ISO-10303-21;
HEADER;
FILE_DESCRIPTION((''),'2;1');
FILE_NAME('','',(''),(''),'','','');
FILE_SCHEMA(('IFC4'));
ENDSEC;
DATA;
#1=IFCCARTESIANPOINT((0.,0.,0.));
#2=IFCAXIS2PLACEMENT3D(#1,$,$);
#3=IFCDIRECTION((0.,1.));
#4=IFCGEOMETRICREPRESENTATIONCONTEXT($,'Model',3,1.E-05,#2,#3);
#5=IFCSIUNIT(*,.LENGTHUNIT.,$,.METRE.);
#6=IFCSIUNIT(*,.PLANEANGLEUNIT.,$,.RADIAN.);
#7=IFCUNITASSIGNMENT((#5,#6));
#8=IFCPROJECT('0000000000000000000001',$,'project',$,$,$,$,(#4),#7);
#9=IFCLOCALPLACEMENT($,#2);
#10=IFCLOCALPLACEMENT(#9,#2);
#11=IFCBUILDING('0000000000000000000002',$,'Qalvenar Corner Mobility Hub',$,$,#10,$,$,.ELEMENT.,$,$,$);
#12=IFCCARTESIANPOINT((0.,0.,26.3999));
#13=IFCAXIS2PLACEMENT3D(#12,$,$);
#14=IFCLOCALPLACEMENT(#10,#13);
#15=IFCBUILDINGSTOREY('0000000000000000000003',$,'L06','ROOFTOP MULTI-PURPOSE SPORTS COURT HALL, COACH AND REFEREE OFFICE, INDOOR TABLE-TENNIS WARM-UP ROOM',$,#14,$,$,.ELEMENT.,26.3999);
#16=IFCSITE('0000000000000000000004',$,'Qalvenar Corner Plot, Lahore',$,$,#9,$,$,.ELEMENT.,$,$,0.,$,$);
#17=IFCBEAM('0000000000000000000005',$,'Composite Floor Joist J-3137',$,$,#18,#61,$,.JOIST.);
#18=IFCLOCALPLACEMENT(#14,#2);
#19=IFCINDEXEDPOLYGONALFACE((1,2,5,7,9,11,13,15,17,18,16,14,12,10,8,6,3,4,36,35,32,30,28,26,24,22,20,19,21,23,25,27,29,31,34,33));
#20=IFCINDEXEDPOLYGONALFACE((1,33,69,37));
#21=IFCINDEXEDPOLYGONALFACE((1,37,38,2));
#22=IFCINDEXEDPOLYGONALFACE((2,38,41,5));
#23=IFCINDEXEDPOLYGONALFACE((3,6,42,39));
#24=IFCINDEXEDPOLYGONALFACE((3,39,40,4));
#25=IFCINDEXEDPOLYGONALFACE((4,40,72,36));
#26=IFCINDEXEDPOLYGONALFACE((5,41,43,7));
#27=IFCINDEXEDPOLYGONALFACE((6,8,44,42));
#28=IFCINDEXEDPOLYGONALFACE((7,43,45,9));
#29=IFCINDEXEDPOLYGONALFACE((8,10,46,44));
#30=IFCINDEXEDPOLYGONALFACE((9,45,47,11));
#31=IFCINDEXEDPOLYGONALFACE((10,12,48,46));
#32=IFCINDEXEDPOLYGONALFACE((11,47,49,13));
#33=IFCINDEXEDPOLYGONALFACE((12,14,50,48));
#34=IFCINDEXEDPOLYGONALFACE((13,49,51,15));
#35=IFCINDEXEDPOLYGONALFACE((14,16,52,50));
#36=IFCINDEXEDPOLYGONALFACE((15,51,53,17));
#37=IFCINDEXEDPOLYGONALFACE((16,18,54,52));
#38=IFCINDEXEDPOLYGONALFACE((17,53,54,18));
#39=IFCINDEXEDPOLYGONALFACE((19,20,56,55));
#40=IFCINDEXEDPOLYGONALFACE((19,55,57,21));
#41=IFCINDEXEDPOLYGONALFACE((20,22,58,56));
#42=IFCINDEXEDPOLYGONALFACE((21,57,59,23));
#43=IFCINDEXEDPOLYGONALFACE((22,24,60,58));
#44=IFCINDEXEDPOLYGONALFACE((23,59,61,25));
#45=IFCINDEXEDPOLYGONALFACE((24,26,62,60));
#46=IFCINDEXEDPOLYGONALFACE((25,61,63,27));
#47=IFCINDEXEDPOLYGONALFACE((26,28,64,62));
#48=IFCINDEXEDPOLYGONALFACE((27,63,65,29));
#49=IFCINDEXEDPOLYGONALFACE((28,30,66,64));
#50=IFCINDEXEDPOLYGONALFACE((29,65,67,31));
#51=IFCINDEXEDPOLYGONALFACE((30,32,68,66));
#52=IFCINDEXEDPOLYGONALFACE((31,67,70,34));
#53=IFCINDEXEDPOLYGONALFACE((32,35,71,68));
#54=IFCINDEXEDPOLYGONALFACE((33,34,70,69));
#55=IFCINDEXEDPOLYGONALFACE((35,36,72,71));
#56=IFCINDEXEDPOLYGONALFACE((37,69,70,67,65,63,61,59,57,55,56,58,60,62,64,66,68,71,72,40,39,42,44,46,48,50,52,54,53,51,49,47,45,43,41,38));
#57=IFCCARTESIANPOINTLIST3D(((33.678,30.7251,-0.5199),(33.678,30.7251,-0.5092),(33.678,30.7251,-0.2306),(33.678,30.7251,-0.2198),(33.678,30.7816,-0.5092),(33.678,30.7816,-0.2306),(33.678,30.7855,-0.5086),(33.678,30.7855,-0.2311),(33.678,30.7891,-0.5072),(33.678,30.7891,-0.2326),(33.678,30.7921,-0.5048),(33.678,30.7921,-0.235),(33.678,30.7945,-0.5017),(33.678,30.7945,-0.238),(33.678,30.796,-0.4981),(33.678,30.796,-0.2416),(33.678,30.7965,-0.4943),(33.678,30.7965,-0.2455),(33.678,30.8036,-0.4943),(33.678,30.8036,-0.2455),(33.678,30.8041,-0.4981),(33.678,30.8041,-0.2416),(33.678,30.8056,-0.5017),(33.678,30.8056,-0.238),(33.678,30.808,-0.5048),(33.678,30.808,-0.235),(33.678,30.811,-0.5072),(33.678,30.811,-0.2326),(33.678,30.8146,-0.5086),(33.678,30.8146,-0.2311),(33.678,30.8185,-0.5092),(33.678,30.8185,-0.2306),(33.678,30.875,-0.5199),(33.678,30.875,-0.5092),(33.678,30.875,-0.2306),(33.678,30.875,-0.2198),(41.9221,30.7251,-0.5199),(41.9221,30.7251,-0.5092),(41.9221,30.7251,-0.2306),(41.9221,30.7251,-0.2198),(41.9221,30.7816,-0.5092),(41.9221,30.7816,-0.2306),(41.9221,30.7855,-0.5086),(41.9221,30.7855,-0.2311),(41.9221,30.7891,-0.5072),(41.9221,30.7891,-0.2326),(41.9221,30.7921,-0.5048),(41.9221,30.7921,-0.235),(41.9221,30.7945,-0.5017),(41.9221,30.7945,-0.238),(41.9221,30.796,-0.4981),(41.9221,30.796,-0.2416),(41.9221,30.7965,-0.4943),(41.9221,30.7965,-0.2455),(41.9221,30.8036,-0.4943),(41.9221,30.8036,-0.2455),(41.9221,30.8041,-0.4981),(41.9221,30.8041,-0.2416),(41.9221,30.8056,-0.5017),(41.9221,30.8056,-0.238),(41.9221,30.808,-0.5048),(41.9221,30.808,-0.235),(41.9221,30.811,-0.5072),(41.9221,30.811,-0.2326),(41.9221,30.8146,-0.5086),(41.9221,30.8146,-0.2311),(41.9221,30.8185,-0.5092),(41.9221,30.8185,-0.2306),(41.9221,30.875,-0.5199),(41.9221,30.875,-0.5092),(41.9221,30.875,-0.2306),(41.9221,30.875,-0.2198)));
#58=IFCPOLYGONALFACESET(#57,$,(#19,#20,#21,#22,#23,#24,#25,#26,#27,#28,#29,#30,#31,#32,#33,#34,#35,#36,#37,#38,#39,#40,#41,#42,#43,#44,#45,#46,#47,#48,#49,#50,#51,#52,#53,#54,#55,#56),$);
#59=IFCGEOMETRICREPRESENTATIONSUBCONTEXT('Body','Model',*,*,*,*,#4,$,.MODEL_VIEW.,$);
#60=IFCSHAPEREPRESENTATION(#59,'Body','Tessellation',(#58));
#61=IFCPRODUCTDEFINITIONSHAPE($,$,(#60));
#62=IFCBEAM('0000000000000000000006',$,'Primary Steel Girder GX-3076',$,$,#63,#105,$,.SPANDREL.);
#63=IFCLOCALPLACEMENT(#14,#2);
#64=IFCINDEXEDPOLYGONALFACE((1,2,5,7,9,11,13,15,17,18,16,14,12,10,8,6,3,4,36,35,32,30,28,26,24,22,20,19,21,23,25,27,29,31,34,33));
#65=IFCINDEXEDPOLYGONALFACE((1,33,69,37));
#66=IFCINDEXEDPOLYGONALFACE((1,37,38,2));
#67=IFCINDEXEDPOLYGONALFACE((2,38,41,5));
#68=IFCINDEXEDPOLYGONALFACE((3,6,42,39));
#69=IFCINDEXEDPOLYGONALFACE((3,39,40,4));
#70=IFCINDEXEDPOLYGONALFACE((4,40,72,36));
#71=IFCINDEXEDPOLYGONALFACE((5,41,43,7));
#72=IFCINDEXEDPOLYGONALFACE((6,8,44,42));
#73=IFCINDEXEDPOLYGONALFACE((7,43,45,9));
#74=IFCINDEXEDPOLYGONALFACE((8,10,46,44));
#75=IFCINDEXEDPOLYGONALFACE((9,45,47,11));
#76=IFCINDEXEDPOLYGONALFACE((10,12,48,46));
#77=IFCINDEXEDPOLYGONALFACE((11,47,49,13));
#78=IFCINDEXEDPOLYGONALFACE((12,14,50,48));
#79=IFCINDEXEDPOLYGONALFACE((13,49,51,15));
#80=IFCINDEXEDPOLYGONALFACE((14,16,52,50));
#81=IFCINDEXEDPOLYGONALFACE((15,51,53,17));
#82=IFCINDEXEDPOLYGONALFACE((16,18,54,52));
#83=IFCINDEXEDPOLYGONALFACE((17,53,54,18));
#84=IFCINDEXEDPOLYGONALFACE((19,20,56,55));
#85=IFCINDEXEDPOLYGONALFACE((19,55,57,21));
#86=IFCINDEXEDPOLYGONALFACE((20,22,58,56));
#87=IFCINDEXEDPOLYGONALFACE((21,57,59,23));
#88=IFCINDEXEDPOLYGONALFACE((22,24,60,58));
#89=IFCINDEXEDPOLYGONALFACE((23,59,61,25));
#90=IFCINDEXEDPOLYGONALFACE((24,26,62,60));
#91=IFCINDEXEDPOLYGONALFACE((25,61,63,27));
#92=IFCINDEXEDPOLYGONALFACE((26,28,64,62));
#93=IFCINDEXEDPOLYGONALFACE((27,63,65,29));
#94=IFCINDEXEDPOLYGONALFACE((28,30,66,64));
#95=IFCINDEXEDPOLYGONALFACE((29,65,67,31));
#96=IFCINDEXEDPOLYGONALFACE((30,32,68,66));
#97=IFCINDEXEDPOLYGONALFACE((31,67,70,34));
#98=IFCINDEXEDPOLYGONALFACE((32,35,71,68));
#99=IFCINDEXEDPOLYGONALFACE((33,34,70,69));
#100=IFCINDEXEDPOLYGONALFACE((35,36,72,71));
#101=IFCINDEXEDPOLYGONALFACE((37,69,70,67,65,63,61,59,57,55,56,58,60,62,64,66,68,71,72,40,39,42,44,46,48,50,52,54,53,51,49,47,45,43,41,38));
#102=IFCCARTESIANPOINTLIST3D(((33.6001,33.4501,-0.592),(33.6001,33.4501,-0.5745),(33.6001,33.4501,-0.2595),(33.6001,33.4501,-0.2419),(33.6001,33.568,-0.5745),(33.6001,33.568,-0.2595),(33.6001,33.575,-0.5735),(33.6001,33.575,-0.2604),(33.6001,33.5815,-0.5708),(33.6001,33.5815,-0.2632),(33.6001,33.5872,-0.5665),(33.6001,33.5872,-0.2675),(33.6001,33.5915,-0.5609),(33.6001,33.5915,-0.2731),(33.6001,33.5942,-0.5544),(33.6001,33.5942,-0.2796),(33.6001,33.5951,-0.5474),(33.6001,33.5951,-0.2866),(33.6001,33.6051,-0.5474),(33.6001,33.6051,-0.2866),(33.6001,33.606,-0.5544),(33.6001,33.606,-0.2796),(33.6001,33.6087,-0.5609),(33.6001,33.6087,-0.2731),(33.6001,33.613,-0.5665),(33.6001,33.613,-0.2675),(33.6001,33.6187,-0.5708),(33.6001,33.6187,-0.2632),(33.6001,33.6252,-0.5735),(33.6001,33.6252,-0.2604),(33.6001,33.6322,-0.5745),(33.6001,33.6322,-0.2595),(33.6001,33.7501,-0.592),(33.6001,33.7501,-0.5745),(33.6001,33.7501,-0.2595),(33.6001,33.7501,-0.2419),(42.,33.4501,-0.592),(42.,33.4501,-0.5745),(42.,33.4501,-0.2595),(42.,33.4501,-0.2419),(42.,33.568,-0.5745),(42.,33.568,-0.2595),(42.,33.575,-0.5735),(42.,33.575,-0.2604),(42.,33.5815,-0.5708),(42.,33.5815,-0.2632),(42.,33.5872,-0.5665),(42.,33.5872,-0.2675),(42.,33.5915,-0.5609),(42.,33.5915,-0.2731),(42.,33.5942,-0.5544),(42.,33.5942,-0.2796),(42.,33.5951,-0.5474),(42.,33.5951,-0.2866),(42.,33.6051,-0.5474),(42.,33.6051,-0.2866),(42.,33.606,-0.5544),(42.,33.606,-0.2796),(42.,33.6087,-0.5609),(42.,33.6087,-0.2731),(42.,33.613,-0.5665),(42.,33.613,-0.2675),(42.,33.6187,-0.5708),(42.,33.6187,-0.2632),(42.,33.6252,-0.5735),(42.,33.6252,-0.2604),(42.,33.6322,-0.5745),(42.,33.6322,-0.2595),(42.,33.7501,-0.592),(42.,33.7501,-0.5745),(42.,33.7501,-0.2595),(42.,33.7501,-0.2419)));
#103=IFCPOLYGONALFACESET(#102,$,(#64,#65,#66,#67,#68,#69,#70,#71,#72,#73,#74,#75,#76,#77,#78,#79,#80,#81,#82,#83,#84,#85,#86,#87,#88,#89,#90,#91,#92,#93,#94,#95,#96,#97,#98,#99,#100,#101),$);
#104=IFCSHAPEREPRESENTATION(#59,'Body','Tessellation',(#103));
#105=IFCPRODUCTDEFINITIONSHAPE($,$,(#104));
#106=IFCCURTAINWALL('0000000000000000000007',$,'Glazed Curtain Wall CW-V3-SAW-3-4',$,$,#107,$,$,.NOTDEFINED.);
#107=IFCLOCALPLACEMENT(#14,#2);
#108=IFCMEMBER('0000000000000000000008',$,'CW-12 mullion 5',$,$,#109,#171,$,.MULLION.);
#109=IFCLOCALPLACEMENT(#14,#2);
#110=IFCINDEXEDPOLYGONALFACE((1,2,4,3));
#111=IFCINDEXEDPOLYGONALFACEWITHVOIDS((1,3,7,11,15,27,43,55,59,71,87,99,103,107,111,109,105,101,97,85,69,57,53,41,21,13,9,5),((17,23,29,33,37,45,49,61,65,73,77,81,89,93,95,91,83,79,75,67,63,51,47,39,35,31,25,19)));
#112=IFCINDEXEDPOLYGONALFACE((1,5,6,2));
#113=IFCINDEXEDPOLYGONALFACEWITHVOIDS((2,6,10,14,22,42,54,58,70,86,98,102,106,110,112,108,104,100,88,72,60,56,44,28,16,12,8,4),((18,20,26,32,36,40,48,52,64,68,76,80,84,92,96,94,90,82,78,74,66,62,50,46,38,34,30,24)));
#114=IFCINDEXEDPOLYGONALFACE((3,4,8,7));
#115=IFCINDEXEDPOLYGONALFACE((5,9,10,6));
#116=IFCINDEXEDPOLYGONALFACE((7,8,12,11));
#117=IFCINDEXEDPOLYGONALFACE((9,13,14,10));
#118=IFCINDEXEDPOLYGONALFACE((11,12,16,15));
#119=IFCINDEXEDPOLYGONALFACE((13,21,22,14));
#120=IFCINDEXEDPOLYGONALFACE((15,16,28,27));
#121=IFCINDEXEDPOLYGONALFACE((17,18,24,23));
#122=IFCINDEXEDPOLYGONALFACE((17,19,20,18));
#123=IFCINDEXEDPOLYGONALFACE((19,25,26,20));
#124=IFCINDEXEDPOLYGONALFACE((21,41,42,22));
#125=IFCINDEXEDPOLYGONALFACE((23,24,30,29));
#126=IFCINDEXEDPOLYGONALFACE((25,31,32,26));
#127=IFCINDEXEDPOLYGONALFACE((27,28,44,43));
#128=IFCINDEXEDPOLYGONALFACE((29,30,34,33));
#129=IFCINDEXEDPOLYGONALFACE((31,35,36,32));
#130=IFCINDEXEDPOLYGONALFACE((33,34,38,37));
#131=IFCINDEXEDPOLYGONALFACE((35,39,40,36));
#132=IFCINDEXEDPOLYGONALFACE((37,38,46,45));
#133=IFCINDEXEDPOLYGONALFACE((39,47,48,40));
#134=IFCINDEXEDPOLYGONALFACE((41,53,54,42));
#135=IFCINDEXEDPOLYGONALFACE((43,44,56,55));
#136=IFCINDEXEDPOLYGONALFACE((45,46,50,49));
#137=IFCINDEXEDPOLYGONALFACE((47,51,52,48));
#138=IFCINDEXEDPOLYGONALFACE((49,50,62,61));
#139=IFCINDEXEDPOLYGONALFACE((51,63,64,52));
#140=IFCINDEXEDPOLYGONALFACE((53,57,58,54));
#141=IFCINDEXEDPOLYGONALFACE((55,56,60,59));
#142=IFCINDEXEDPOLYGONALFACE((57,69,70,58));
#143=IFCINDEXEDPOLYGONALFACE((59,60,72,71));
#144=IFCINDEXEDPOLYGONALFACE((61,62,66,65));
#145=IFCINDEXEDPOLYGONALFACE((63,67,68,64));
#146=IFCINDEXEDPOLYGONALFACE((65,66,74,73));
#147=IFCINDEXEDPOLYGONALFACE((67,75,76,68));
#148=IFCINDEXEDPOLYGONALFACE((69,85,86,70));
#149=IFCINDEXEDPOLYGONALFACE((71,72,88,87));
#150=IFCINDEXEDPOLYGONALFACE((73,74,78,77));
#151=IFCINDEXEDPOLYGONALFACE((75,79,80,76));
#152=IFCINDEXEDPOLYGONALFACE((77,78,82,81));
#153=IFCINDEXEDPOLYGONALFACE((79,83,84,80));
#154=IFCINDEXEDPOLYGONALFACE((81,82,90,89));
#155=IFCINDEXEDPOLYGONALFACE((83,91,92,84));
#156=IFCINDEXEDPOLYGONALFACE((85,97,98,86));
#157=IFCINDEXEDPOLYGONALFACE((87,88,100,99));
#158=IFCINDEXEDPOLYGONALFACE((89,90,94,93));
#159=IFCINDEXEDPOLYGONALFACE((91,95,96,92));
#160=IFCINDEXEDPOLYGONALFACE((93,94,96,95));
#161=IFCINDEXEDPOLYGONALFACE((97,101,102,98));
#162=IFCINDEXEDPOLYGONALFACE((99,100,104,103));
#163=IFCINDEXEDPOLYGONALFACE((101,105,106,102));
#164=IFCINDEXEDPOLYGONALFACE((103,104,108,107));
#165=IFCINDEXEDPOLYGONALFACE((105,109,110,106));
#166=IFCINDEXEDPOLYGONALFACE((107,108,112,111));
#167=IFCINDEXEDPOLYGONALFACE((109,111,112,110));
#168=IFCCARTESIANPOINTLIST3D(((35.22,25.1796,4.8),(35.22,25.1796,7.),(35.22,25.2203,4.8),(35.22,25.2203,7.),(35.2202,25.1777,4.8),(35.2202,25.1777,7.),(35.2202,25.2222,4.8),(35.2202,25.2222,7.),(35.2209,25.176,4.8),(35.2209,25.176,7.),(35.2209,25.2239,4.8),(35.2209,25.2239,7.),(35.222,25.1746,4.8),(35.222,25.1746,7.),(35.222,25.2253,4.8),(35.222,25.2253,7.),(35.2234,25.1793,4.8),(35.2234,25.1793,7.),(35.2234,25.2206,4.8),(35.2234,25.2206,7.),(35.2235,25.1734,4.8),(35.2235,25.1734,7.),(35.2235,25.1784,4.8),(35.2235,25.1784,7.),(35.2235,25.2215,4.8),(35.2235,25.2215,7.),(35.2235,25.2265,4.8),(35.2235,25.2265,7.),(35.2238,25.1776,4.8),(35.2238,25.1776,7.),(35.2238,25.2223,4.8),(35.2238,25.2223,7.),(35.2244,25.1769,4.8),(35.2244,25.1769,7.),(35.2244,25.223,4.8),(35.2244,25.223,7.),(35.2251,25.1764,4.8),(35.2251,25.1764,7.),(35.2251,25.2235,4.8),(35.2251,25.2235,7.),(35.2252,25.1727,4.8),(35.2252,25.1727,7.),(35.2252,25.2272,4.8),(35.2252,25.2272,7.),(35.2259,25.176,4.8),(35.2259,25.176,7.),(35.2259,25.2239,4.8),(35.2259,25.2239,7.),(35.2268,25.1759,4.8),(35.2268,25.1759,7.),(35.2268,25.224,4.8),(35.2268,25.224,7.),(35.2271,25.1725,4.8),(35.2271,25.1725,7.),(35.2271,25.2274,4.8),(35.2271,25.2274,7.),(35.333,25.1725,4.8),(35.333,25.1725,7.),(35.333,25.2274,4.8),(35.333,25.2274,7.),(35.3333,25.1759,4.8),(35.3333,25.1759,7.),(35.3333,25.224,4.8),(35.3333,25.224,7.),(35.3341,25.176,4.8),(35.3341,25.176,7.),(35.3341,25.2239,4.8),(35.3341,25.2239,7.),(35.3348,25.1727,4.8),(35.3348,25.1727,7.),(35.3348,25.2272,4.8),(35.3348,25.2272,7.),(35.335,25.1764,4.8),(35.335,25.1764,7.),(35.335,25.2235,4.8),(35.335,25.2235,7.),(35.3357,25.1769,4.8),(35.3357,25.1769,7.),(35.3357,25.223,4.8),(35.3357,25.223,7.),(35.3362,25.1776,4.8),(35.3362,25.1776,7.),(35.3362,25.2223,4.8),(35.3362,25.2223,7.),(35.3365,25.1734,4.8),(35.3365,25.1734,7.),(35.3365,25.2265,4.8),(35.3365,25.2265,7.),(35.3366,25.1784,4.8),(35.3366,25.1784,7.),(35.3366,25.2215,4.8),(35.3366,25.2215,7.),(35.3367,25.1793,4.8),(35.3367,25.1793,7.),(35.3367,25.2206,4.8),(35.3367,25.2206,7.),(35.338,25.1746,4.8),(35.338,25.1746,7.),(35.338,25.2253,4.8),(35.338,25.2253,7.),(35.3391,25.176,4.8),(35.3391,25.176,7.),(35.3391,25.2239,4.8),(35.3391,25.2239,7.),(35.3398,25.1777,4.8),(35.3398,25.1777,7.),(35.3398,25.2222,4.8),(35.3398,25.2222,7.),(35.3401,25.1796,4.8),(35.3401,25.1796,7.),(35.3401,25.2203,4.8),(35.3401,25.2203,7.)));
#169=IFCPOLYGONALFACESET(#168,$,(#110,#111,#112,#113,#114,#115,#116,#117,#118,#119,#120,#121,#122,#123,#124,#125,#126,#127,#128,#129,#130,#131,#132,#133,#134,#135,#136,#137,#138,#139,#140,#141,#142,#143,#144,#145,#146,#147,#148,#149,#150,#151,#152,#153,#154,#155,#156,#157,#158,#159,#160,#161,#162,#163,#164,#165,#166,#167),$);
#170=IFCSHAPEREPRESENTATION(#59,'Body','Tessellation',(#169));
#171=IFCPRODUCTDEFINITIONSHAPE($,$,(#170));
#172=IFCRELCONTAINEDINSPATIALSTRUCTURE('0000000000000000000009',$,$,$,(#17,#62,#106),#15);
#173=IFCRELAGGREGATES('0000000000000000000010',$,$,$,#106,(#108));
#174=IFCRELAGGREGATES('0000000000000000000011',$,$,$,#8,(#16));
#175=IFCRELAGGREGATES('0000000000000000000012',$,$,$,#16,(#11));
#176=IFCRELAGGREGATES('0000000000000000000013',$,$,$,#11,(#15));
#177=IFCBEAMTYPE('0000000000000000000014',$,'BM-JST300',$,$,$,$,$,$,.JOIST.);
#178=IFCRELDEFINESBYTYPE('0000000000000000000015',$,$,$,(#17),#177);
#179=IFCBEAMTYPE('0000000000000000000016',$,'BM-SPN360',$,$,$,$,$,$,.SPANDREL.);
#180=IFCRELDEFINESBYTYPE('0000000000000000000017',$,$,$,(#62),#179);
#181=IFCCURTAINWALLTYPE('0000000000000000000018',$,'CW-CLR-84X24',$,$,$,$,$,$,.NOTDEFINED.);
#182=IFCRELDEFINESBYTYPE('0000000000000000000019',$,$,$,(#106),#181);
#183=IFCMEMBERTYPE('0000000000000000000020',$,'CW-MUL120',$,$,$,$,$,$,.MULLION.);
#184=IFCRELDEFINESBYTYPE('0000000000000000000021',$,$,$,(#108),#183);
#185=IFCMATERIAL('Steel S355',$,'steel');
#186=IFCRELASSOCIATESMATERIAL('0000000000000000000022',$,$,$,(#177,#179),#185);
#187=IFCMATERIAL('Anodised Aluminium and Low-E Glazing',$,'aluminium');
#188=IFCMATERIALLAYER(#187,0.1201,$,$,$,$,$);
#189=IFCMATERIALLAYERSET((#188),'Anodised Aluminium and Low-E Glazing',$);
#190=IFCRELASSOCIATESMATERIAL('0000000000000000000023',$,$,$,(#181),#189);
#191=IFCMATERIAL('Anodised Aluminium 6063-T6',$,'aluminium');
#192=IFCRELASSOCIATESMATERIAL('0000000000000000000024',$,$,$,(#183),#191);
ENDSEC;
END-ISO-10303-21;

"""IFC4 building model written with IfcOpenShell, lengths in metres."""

from ifc_helpers import new_model, si_unit, direction, frame, origin, origin_2d, place, context, subcontext, project, spatial, hollow_rectangle, i_section, extrude, material, layer, layer_set, material_profile, profile_set, type_object, element, aggregate, save


model = new_model("IFC4")

# Units and contexts
model_context = context("Model", 3, precision=1e-05, world=origin(), true_north=direction((0.0, 1.0)))
body_context = subcontext(model_context, "Body", "Model", "MODEL_VIEW")
ifc_project = project(units=[si_unit("LENGTHUNIT", "METRE"), si_unit("PLANEANGLEUNIT", "RADIAN")], contexts=[model_context])

# Site, building, storey
site_placement = place(None, origin())
site = spatial("IfcSite", under=ifc_project, at=site_placement, Name="Qalvenar Corner Plot, Lahore", CompositionType="ELEMENT", RefElevation=0.0)
building_placement = place(site_placement, origin())
building = spatial("IfcBuilding", under=site, at=building_placement, Name="Qalvenar Corner Mobility Hub", CompositionType="ELEMENT")
storey_placement = place(building_placement, frame((0.0, 0.0, 26.3999)))
storey = spatial("IfcBuildingStorey", under=building, at=storey_placement, Name="L06", Description="ROOFTOP MULTI-PURPOSE SPORTS COURT HALL, COACH AND REFEREE OFFICE, INDOOR TABLE-TENNIS WARM-UP ROOM", CompositionType="ELEMENT", Elevation=26.3999)

# Shared definitions
ifc_material_1 = material(Name="Steel S355", Category="steel")

# Beams
ifc_material_profile_1 = material_profile(ifc_material_1, i_section(OverallWidth=0.1499, OverallDepth=0.3, WebThickness=0.0071, FlangeThickness=0.0107, FilletRadius=0.0149, at=origin_2d()), Name="IPE300")
ifc_profile_set_1 = profile_set([ifc_material_profile_1], Name="Steel S355")
beam_type_1 = type_object("IfcBeamType", Name="BM-JST300", PredefinedType="JOIST", material=ifc_profile_set_1)
for number, where, z_axis, x_axis, name in (
    (1, (33.678, 30.8, -0.3699), (1.0, 0.0, 0.0), (0.0, 1.0, 0.0), "Composite Floor Joist J-3137"),
):
    element("IfcBeam", number, at=place(storey_placement, frame(where, z_axis=z_axis, x_axis=x_axis)), inside=storey, type_object=beam_type_1, Name=name, PredefinedType="JOIST", context=body_context, shape_type="SweptSolid", body=[
        extrude(i_section(OverallWidth=0.1499, OverallDepth=0.3, WebThickness=0.0071, FlangeThickness=0.0107, FilletRadius=0.0149, at=origin_2d()), origin(), (0.0, 0.0, 1.0), 8.2441),
    ])
ifc_material_profile_2 = material_profile(ifc_material_1, i_section(OverallWidth=0.3, OverallDepth=0.3501, WebThickness=0.01, FlangeThickness=0.0176, FilletRadius=0.0271, at=origin_2d()), Name="HEA360")
ifc_profile_set_2 = profile_set([ifc_material_profile_2], Name="Steel S355")
beam_type_2 = type_object("IfcBeamType", Name="BM-SPN360", PredefinedType="SPANDREL", material=ifc_profile_set_2)
beam_1_placement = place(storey_placement, frame((33.6001, 33.6001, -0.417), z_axis=(1.0, 0.0, 0.0), x_axis=(0.0, 1.0, 0.0)))
element("IfcBeam", 2, at=beam_1_placement, inside=storey, type_object=beam_type_2, Name="Primary Steel Girder GX-3076", PredefinedType="SPANDREL", context=body_context, shape_type="SweptSolid", body=[
    extrude(i_section(OverallWidth=0.3, OverallDepth=0.3501, WebThickness=0.01, FlangeThickness=0.0176, FilletRadius=0.0271, at=origin_2d()), origin(), (0.0, 0.0, 1.0), 8.3999),
])

# Curtain wall, member
ifc_material_2 = material(Name="Anodised Aluminium and Low-E Glazing", Category="aluminium")
ifc_layer_1 = layer(ifc_material_2, 0.1201)
ifc_layer_set_1 = layer_set([ifc_layer_1], Name="Anodised Aluminium and Low-E Glazing")
curtain_wall_type_1 = type_object("IfcCurtainWallType", Name="CW-CLR-84X24", PredefinedType="NOTDEFINED", material=ifc_layer_set_1)
curtain_wall_1_placement = place(storey_placement, origin())
curtain_wall_1 = element("IfcCurtainWall", 3, at=curtain_wall_1_placement, inside=storey, type_object=curtain_wall_type_1, Name="Glazed Curtain Wall CW-V3-SAW-3-4", PredefinedType="NOTDEFINED")
ifc_material_3 = material(Name="Anodised Aluminium 6063-T6", Category="aluminium")
ifc_material_profile_3 = material_profile(ifc_material_3, hollow_rectangle(XDim=0.0549, YDim=0.1201, WallThickness=0.0034, InnerFilletRadius=0.0034, OuterFilletRadius=0.0071, at=origin_2d()), Name="RHS120x55x3.5")
ifc_profile_set_3 = profile_set([ifc_material_profile_3], Name="Anodised Aluminium 6063-T6")
member_type_1 = type_object("IfcMemberType", Name="CW-MUL120", PredefinedType="MULLION", material=ifc_profile_set_3)
member_1_placement = place(storey_placement, frame((35.28, 25.2, 4.8), z_axis=(0.0, 0.0, 1.0), x_axis=(0.0, -1.0, 0.0)))
member_1 = element("IfcMember", 4, at=member_1_placement, type_object=member_type_1, Name="CW-12 mullion 5", PredefinedType="MULLION", context=body_context, shape_type="SweptSolid", body=[
    extrude(hollow_rectangle(XDim=0.0549, YDim=0.1201, WallThickness=0.0034, InnerFilletRadius=0.0034, OuterFilletRadius=0.0071, at=origin_2d()), origin(), (0.0, 0.0, 1.0), 2.2),
])

aggregate(curtain_wall_1, [member_1])

save(model, "model.ifc")
